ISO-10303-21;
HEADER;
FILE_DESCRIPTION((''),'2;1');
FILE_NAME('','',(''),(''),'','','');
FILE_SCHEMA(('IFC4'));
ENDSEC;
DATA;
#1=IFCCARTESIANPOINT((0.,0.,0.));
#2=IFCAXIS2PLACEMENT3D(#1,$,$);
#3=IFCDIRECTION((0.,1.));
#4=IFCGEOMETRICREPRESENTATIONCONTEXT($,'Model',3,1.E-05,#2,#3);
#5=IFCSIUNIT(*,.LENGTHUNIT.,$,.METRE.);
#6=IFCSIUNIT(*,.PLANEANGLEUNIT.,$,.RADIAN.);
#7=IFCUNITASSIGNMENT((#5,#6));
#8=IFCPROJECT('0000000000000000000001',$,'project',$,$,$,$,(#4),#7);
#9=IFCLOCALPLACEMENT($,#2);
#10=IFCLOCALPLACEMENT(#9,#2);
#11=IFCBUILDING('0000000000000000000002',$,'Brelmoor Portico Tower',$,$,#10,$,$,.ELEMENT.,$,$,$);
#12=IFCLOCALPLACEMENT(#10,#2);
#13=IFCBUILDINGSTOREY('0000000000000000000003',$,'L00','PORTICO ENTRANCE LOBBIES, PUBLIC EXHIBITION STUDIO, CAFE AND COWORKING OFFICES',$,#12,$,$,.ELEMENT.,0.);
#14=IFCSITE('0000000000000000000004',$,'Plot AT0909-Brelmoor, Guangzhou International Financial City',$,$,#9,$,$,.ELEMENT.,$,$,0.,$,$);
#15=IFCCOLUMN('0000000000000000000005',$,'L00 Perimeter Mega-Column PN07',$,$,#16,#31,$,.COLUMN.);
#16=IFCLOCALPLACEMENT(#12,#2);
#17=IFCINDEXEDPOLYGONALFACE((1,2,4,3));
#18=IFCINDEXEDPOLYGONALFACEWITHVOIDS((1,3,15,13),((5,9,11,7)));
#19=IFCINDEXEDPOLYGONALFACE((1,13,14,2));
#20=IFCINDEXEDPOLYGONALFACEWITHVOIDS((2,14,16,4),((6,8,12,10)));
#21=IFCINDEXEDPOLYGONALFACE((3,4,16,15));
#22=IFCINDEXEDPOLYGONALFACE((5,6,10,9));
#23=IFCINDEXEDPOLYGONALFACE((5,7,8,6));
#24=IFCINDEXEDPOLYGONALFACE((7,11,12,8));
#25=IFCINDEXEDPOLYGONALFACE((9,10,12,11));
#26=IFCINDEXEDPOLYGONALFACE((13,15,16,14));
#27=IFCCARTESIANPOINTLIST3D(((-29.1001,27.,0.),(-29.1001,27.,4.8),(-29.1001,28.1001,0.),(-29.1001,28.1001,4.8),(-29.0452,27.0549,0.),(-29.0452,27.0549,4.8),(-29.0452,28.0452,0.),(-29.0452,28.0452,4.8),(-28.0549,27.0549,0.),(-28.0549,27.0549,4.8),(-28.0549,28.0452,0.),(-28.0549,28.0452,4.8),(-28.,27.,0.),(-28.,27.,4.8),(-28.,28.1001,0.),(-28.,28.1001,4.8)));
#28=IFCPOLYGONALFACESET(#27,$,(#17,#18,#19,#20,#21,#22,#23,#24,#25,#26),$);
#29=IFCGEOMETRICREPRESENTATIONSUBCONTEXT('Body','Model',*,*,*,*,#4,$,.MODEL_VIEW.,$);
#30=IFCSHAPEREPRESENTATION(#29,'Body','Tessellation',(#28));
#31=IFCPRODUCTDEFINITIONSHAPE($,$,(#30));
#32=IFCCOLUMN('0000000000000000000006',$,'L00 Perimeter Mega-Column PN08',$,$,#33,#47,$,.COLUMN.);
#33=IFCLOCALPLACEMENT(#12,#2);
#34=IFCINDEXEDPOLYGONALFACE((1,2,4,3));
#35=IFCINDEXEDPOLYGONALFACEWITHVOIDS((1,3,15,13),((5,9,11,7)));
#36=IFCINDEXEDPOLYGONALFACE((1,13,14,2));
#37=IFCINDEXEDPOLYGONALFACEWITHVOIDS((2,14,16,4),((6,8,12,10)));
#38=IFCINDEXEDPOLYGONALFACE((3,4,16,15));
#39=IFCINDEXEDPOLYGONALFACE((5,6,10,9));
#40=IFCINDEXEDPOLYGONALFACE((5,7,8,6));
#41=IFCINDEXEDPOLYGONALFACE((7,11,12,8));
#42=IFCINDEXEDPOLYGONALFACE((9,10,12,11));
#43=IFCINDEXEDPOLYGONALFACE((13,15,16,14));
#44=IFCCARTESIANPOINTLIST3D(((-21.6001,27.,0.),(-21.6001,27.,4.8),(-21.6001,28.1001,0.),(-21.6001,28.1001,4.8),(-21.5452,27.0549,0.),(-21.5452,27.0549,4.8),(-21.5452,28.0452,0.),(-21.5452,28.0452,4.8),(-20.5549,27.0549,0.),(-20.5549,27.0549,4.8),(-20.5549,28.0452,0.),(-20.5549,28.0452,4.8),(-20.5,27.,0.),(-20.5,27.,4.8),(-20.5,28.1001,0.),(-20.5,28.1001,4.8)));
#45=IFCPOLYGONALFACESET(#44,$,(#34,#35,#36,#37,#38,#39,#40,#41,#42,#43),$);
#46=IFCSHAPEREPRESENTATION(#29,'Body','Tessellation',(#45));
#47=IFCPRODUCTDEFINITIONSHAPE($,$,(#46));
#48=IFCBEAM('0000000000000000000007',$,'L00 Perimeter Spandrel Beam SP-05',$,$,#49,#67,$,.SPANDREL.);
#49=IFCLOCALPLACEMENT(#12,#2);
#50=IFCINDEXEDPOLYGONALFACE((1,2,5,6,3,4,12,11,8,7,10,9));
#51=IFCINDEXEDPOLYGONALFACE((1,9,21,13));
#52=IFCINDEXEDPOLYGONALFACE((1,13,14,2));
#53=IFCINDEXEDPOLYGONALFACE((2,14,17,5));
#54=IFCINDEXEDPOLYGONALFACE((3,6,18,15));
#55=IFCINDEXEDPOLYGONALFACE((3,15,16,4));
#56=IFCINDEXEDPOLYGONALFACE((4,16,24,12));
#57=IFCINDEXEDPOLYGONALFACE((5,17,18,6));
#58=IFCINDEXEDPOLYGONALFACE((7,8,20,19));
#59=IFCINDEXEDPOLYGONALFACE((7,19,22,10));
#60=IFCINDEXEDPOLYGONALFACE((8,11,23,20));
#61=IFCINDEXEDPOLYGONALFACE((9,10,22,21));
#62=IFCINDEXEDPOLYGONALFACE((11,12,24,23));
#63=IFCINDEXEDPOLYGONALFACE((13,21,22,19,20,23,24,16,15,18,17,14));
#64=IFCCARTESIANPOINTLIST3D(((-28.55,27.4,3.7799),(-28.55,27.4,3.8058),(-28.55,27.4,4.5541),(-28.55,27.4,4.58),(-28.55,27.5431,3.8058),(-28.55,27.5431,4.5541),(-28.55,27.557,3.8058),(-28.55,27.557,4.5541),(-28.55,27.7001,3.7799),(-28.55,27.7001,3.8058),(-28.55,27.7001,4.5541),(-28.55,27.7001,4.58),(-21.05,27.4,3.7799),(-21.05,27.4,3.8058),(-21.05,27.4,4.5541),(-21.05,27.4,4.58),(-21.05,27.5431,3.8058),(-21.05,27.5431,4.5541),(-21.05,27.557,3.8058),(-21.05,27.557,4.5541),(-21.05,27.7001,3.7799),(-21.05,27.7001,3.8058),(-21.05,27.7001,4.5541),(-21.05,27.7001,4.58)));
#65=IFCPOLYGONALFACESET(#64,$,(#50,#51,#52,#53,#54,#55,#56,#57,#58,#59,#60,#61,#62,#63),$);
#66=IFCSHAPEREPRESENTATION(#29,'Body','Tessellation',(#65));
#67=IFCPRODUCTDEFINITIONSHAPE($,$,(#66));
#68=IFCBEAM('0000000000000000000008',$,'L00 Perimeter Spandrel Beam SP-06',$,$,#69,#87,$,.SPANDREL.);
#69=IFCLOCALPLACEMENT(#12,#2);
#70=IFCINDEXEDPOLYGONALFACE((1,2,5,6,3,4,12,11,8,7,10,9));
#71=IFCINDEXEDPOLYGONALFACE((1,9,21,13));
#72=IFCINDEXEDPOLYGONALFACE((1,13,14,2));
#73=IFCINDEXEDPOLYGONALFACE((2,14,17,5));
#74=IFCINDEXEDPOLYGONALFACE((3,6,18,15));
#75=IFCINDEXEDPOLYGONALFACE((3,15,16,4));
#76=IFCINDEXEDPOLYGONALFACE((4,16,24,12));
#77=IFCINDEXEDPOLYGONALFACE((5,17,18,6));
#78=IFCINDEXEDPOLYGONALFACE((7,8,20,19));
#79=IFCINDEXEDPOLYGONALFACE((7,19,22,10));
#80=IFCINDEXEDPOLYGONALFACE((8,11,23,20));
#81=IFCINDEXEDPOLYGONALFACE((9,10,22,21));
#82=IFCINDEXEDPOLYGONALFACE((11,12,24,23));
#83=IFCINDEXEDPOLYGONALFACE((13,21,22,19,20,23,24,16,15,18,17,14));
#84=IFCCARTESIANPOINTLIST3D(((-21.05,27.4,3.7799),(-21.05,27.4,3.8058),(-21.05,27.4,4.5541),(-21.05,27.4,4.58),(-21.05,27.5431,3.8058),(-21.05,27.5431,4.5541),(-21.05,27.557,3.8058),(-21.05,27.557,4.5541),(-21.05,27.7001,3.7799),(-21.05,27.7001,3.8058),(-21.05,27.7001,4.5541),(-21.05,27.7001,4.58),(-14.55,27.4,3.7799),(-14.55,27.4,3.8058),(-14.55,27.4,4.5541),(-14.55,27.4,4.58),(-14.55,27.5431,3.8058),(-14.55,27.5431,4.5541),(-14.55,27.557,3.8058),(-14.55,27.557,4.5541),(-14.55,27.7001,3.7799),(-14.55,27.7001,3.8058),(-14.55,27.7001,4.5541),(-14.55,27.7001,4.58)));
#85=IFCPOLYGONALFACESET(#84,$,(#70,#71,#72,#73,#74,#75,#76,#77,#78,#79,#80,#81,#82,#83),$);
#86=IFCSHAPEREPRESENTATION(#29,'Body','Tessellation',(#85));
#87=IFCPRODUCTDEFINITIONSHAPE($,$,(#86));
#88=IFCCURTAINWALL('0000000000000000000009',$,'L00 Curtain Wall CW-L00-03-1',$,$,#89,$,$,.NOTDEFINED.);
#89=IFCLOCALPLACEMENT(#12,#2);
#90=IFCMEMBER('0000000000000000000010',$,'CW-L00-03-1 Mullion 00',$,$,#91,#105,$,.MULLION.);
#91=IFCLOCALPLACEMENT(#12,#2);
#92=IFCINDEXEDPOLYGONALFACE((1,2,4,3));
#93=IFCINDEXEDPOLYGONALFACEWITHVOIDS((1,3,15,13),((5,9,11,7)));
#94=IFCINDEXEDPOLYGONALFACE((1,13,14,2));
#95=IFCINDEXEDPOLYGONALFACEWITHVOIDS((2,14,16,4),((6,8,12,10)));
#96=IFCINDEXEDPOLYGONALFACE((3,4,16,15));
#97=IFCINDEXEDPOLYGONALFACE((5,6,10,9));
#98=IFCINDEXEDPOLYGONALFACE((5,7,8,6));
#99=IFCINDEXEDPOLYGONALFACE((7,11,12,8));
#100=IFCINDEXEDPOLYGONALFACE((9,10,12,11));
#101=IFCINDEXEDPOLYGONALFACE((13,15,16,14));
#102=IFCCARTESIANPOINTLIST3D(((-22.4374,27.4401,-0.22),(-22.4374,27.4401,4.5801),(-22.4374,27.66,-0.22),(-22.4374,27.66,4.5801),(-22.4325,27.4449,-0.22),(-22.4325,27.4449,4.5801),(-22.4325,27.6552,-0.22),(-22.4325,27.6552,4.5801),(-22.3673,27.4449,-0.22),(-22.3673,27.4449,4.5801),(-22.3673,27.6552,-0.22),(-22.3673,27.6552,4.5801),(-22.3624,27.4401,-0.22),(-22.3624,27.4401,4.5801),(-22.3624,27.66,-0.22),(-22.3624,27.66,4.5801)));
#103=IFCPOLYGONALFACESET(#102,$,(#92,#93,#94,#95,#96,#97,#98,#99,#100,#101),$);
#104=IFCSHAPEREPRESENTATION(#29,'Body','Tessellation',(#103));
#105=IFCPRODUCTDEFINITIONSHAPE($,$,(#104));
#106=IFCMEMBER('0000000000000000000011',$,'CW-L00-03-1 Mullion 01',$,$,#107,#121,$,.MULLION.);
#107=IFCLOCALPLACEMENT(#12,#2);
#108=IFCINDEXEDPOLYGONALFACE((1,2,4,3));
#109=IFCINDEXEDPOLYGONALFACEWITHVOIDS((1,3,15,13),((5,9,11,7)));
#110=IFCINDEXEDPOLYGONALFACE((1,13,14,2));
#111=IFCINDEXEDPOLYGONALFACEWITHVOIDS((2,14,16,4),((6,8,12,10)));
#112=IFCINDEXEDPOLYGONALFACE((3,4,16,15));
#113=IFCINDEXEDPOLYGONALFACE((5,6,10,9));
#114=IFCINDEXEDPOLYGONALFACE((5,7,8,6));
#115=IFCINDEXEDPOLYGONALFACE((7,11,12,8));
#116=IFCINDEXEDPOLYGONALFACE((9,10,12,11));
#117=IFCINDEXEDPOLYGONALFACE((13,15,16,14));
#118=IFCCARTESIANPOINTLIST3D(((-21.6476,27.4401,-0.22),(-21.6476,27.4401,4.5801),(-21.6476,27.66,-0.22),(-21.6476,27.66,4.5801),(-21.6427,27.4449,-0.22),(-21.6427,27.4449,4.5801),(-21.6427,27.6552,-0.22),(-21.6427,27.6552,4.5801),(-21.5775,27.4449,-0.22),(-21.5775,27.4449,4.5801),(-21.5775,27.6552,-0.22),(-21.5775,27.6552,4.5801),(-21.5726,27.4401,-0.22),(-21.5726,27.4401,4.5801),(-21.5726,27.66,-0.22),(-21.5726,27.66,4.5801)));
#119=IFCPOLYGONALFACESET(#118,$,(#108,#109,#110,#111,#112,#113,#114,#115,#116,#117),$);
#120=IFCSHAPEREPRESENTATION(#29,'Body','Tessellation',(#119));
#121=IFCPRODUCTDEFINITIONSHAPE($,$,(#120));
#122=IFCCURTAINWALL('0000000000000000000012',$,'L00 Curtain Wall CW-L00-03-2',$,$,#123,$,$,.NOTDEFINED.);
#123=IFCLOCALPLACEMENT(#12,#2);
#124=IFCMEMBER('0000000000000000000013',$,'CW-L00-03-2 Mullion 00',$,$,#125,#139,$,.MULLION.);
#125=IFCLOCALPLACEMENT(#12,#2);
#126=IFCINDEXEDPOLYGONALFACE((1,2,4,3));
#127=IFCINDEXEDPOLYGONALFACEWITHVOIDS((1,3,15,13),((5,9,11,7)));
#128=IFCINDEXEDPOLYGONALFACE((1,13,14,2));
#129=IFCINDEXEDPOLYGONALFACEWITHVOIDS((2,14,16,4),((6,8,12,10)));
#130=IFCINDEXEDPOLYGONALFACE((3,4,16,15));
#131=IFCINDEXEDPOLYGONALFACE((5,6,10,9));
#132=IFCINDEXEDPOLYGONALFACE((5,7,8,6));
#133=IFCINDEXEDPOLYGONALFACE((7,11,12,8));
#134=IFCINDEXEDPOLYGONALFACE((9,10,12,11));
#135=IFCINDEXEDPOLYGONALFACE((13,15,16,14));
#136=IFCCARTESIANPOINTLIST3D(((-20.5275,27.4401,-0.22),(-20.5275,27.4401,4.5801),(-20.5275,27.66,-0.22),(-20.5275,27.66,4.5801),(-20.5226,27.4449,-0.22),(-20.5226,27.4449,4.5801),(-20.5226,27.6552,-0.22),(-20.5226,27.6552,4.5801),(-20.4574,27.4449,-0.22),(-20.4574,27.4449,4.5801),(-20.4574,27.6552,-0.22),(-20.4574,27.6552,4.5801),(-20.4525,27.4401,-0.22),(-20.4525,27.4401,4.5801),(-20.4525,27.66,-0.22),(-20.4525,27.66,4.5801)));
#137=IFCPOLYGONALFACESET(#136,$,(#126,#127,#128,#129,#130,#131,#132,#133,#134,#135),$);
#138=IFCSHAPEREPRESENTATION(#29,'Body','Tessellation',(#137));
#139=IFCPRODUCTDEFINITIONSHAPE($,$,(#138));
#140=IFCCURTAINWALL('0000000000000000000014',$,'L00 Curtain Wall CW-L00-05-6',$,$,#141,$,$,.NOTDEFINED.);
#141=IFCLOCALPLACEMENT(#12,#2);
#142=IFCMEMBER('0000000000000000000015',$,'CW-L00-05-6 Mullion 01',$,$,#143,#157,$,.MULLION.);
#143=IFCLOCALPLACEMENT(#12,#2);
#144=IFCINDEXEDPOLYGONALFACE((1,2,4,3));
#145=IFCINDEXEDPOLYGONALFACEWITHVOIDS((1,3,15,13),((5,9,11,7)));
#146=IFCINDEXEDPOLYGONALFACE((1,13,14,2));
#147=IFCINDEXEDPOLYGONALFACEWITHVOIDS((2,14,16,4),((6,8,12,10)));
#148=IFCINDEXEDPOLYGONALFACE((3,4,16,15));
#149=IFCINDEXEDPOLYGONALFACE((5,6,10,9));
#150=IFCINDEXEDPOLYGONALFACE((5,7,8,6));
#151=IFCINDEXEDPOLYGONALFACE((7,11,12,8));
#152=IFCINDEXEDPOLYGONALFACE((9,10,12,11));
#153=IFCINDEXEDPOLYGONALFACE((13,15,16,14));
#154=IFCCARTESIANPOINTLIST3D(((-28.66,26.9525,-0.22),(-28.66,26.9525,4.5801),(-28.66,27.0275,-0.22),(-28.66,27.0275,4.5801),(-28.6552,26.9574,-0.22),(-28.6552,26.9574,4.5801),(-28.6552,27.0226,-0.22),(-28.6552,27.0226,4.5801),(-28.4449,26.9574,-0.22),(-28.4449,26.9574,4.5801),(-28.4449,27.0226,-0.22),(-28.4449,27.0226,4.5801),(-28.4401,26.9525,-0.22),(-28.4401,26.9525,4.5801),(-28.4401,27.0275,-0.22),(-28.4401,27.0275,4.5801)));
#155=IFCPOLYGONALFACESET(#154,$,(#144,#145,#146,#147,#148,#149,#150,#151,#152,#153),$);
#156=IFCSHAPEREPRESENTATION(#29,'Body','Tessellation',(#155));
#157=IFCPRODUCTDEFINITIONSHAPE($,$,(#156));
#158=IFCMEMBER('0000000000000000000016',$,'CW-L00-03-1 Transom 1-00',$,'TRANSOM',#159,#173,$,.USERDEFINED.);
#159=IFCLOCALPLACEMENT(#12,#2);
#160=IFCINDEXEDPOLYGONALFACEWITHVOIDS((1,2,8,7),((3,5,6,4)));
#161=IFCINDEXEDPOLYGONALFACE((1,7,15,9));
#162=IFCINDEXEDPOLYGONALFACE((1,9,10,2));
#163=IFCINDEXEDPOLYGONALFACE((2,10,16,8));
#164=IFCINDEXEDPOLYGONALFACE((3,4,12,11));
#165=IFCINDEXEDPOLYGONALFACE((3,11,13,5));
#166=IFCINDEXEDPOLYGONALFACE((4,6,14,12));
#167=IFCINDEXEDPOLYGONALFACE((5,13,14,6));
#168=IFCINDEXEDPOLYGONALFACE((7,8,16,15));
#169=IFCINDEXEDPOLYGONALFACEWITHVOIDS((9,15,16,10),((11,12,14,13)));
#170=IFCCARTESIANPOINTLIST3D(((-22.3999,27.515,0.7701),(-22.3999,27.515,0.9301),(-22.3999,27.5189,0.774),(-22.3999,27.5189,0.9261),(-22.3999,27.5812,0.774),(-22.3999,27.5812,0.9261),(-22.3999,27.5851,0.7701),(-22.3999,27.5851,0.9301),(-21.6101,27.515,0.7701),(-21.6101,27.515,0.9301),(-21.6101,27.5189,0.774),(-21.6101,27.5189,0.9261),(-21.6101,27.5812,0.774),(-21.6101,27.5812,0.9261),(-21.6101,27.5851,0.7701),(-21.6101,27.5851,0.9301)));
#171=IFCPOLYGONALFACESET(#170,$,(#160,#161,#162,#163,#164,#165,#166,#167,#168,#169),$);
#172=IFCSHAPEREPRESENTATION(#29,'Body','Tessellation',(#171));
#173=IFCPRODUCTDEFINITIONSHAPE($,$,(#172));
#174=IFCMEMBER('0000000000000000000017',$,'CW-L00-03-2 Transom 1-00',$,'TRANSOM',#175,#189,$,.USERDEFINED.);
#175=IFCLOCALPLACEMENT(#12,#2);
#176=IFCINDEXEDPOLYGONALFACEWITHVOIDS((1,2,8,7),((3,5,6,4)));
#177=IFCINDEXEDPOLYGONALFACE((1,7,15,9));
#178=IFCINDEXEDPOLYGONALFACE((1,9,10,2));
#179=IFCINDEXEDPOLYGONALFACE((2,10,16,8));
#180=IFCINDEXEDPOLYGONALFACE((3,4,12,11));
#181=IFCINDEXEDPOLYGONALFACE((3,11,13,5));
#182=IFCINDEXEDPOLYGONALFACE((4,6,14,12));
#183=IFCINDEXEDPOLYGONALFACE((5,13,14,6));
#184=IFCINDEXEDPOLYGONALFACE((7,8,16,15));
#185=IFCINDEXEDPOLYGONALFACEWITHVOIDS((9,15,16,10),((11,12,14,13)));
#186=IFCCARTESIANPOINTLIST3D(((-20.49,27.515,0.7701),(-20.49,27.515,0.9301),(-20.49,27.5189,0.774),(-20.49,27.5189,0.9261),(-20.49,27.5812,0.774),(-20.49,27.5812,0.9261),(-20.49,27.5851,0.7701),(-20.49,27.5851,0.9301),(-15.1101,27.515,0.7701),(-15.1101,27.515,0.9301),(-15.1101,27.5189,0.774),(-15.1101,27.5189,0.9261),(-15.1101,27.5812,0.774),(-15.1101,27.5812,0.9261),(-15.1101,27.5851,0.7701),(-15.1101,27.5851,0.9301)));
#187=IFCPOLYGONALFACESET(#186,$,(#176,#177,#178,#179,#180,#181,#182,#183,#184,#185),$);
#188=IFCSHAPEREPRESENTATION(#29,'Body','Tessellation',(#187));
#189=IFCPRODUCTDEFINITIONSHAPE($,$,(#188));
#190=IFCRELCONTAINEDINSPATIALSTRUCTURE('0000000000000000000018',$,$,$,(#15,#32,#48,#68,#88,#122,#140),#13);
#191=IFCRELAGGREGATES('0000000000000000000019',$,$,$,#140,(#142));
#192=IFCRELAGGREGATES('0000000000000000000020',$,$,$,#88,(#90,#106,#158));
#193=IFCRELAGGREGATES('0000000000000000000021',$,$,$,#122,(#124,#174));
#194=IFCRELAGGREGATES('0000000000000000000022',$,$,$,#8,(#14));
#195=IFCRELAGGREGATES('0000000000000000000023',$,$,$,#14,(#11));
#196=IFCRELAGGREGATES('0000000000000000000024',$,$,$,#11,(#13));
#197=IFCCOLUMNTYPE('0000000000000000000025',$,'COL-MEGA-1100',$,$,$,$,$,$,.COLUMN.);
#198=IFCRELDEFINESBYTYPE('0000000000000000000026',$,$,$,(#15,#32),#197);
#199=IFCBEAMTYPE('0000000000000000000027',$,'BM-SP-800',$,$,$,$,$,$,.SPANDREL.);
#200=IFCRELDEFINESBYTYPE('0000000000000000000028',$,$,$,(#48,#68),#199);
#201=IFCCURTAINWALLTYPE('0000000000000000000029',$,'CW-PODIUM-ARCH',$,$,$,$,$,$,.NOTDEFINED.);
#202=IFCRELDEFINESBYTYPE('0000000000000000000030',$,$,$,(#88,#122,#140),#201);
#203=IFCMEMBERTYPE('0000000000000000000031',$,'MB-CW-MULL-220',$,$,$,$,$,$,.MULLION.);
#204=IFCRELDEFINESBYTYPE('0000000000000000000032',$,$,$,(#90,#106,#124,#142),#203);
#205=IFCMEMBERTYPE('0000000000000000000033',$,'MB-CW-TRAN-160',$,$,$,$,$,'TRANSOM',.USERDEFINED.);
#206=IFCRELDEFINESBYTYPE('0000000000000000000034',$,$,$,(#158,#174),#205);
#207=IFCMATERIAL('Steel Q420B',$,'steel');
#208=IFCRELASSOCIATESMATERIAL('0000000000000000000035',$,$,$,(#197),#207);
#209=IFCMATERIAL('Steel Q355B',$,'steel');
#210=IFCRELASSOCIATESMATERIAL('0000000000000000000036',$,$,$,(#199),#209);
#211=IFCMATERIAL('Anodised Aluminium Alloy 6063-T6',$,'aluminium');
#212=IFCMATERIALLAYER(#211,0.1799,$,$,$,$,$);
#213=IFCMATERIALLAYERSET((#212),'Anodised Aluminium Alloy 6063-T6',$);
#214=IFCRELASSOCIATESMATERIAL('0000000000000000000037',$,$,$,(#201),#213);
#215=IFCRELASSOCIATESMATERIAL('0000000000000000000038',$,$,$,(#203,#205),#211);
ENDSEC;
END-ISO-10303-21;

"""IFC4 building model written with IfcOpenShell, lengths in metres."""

from ifc_helpers import new_model, si_unit, direction, frame, origin, origin_2d, place, context, subcontext, project, spatial, hollow_rectangle, i_section, extrude, material, layer, layer_set, material_profile, profile_set, type_object, element, aggregate, save


model = new_model("IFC4")

# Units and contexts
model_context = context("Model", 3, precision=1e-05, world=origin(), true_north=direction((0.0, 1.0)))
body_context = subcontext(model_context, "Body", "Model", "MODEL_VIEW")
ifc_project = project(units=[si_unit("LENGTHUNIT", "METRE"), si_unit("PLANEANGLEUNIT", "RADIAN")], contexts=[model_context])

# Site, building, storey
site_placement = place(None, origin())
site = spatial("IfcSite", under=ifc_project, at=site_placement, Name="Plot AT0909-Brelmoor, Guangzhou International Financial City", CompositionType="ELEMENT", RefElevation=0.0)
building_placement = place(site_placement, origin())
building = spatial("IfcBuilding", under=site, at=building_placement, Name="Brelmoor Portico Tower", CompositionType="ELEMENT")
storey_placement = place(building_placement, origin())
storey = spatial("IfcBuildingStorey", under=building, at=storey_placement, Name="L00", Description="PORTICO ENTRANCE LOBBIES, PUBLIC EXHIBITION STUDIO, CAFE AND COWORKING OFFICES", CompositionType="ELEMENT", Elevation=0.0)

# Columns
ifc_material_1 = material(Name="Steel Q420B", Category="steel")
ifc_material_profile_1 = material_profile(ifc_material_1, hollow_rectangle(XDim=1.1001, YDim=1.1001, WallThickness=0.0549, at=origin_2d()), Name="BOX 1100x1100x55")
ifc_profile_set_1 = profile_set([ifc_material_profile_1], Name="Steel Q420B")
column_type = type_object("IfcColumnType", Name="COL-MEGA-1100", PredefinedType="COLUMN", material=ifc_profile_set_1)
for number, where, z_axis, x_axis, name in (
    (1, (-28.55, 27.55, 0.0), (0.0, 0.0, 1.0), (1.0, 0.0, 0.0), "L00 Perimeter Mega-Column PN07"),
    (2, (-21.05, 27.55, 0.0), (0.0, 0.0, 1.0), (1.0, 0.0, 0.0), "L00 Perimeter Mega-Column PN08"),
):
    element("IfcColumn", number, at=place(storey_placement, frame(where, z_axis=z_axis, x_axis=x_axis)), inside=storey, type_object=column_type, Name=name, PredefinedType="COLUMN", context=body_context, shape_type="SweptSolid", body=[
        extrude(hollow_rectangle(XDim=1.1001, YDim=1.1001, WallThickness=0.0549, at=origin_2d()), origin(), (0.0, 0.0, 1.0), 4.8),
    ])

# Beams
ifc_material_2 = material(Name="Steel Q355B", Category="steel")
ifc_material_profile_2 = material_profile(ifc_material_2, i_section(OverallWidth=0.3, OverallDepth=0.8, WebThickness=0.0139, FlangeThickness=0.0259, at=origin_2d()), Name="HN 800x300x14x26")
ifc_profile_set_2 = profile_set([ifc_material_profile_2], Name="Steel Q355B")
beam_type = type_object("IfcBeamType", Name="BM-SP-800", PredefinedType="SPANDREL", material=ifc_profile_set_2)
beam_1_placement = place(storey_placement, frame((-28.55, 27.55, 4.1799), z_axis=(1.0, 0.0, 0.0), x_axis=(0.0, 1.0, 0.0)))
element("IfcBeam", 3, at=beam_1_placement, inside=storey, type_object=beam_type, Name="L00 Perimeter Spandrel Beam SP-05", PredefinedType="SPANDREL", context=body_context, shape_type="SweptSolid", body=[
    extrude(i_section(OverallWidth=0.3, OverallDepth=0.8, WebThickness=0.0139, FlangeThickness=0.0259, at=origin_2d()), origin(), (0.0, 0.0, 1.0), 7.5),
])
beam_2_placement = place(storey_placement, frame((-21.05, 27.55, 4.1799), z_axis=(1.0, 0.0, 0.0), x_axis=(0.0, 1.0, 0.0)))
element("IfcBeam", 4, at=beam_2_placement, inside=storey, type_object=beam_type, Name="L00 Perimeter Spandrel Beam SP-06", PredefinedType="SPANDREL", context=body_context, shape_type="SweptSolid", body=[
    extrude(i_section(OverallWidth=0.3, OverallDepth=0.8, WebThickness=0.0139, FlangeThickness=0.0259, at=origin_2d()), origin(), (0.0, 0.0, 1.0), 6.5),
])

# Curtain wall, members
ifc_material_3 = material(Name="Anodised Aluminium Alloy 6063-T6", Category="aluminium")
ifc_layer_1 = layer(ifc_material_3, 0.1799)
ifc_layer_set_1 = layer_set([ifc_layer_1], Name="Anodised Aluminium Alloy 6063-T6")
curtain_wall_type = type_object("IfcCurtainWallType", Name="CW-PODIUM-ARCH", PredefinedType="NOTDEFINED", material=ifc_layer_set_1)
curtain_wall_1_placement = place(storey_placement, origin())
curtain_wall_1 = element("IfcCurtainWall", 5, at=curtain_wall_1_placement, inside=storey, type_object=curtain_wall_type, Name="L00 Curtain Wall CW-L00-03-1", PredefinedType="NOTDEFINED")
ifc_material_profile_3 = material_profile(ifc_material_3, hollow_rectangle(XDim=0.075, YDim=0.22, WallThickness=0.0049, at=origin_2d()), Name="ALU MULLION 75x220")
ifc_profile_set_3 = profile_set([ifc_material_profile_3], Name="Anodised Aluminium Alloy 6063-T6")
member_type_1 = type_object("IfcMemberType", Name="MB-CW-MULL-220", PredefinedType="MULLION", material=ifc_profile_set_3)
member_1_placement = place(storey_placement, frame((-22.3999, 27.55, -0.22), z_axis=(0.0, 0.0, 1.0), x_axis=(1.0, 0.0, 0.0)))
member_1 = element("IfcMember", 6, at=member_1_placement, type_object=member_type_1, Name="CW-L00-03-1 Mullion 00", PredefinedType="MULLION", context=body_context, shape_type="SweptSolid", body=[
    extrude(hollow_rectangle(XDim=0.075, YDim=0.22, WallThickness=0.0049, at=origin_2d()), origin(), (0.0, 0.0, 1.0), 4.8),
])
member_2_placement = place(storey_placement, frame((-21.6101, 27.55, -0.22), z_axis=(0.0, 0.0, 1.0), x_axis=(1.0, 0.0, 0.0)))
member_2 = element("IfcMember", 7, at=member_2_placement, type_object=member_type_1, Name="CW-L00-03-1 Mullion 01", PredefinedType="MULLION", context=body_context, shape_type="SweptSolid", body=[
    extrude(hollow_rectangle(XDim=0.075, YDim=0.22, WallThickness=0.0049, at=origin_2d()), origin(), (0.0, 0.0, 1.0), 4.8),
])

# Curtain walls, members
curtain_wall_2_placement = place(storey_placement, origin())
curtain_wall_2 = element("IfcCurtainWall", 8, at=curtain_wall_2_placement, inside=storey, type_object=curtain_wall_type, Name="L00 Curtain Wall CW-L00-03-2", PredefinedType="NOTDEFINED")
member_3_placement = place(storey_placement, frame((-20.49, 27.55, -0.22), z_axis=(0.0, 0.0, 1.0), x_axis=(1.0, 0.0, 0.0)))
member_3 = element("IfcMember", 9, at=member_3_placement, type_object=member_type_1, Name="CW-L00-03-2 Mullion 00", PredefinedType="MULLION", context=body_context, shape_type="SweptSolid", body=[
    extrude(hollow_rectangle(XDim=0.075, YDim=0.22, WallThickness=0.0049, at=origin_2d()), origin(), (0.0, 0.0, 1.0), 4.8),
])
curtain_wall_3_placement = place(storey_placement, origin())
curtain_wall_3 = element("IfcCurtainWall", 10, at=curtain_wall_3_placement, inside=storey, type_object=curtain_wall_type, Name="L00 Curtain Wall CW-L00-05-6", PredefinedType="NOTDEFINED")
member_4_placement = place(storey_placement, frame((-28.55, 26.99, -0.22), z_axis=(0.0, 0.0, 1.0), x_axis=(0.0, 1.0, 0.0)))
member_4 = element("IfcMember", 11, at=member_4_placement, type_object=member_type_1, Name="CW-L00-05-6 Mullion 01", PredefinedType="MULLION", context=body_context, shape_type="SweptSolid", body=[
    extrude(hollow_rectangle(XDim=0.075, YDim=0.22, WallThickness=0.0049, at=origin_2d()), origin(), (0.0, 0.0, 1.0), 4.8),
])
aggregate(curtain_wall_3, [member_4])

# Members
ifc_material_profile_4 = material_profile(ifc_material_3, hollow_rectangle(XDim=0.0701, YDim=0.1599, WallThickness=0.0039, at=origin_2d()), Name="ALU TRANSOM 70x160")
ifc_profile_set_4 = profile_set([ifc_material_profile_4], Name="Anodised Aluminium Alloy 6063-T6")
member_type_2 = type_object("IfcMemberType", Name="MB-CW-TRAN-160", ElementType="TRANSOM", PredefinedType="USERDEFINED", material=ifc_profile_set_4)
member_5_placement = place(storey_placement, frame((-22.3999, 27.55, 0.8501), z_axis=(1.0, 0.0, 0.0), x_axis=(0.0, 1.0, 0.0)))
member_5 = element("IfcMember", 12, at=member_5_placement, type_object=member_type_2, Name="CW-L00-03-1 Transom 1-00", ObjectType="TRANSOM", PredefinedType="USERDEFINED", context=body_context, shape_type="SweptSolid", body=[
    extrude(hollow_rectangle(XDim=0.0701, YDim=0.1599, WallThickness=0.0039, at=origin_2d()), origin(), (0.0, 0.0, 1.0), 0.7898),
])
member_6_placement = place(storey_placement, frame((-20.49, 27.55, 0.8501), z_axis=(1.0, 0.0, 0.0), x_axis=(0.0, 1.0, 0.0)))
member_6 = element("IfcMember", 13, at=member_6_placement, type_object=member_type_2, Name="CW-L00-03-2 Transom 1-00", ObjectType="TRANSOM", PredefinedType="USERDEFINED", context=body_context, shape_type="SweptSolid", body=[
    extrude(hollow_rectangle(XDim=0.0701, YDim=0.1599, WallThickness=0.0039, at=origin_2d()), origin(), (0.0, 0.0, 1.0), 5.3799),
])

aggregate(curtain_wall_1, [member_1, member_2, member_5])
aggregate(curtain_wall_2, [member_3, member_6])

save(model, "model.ifc")
